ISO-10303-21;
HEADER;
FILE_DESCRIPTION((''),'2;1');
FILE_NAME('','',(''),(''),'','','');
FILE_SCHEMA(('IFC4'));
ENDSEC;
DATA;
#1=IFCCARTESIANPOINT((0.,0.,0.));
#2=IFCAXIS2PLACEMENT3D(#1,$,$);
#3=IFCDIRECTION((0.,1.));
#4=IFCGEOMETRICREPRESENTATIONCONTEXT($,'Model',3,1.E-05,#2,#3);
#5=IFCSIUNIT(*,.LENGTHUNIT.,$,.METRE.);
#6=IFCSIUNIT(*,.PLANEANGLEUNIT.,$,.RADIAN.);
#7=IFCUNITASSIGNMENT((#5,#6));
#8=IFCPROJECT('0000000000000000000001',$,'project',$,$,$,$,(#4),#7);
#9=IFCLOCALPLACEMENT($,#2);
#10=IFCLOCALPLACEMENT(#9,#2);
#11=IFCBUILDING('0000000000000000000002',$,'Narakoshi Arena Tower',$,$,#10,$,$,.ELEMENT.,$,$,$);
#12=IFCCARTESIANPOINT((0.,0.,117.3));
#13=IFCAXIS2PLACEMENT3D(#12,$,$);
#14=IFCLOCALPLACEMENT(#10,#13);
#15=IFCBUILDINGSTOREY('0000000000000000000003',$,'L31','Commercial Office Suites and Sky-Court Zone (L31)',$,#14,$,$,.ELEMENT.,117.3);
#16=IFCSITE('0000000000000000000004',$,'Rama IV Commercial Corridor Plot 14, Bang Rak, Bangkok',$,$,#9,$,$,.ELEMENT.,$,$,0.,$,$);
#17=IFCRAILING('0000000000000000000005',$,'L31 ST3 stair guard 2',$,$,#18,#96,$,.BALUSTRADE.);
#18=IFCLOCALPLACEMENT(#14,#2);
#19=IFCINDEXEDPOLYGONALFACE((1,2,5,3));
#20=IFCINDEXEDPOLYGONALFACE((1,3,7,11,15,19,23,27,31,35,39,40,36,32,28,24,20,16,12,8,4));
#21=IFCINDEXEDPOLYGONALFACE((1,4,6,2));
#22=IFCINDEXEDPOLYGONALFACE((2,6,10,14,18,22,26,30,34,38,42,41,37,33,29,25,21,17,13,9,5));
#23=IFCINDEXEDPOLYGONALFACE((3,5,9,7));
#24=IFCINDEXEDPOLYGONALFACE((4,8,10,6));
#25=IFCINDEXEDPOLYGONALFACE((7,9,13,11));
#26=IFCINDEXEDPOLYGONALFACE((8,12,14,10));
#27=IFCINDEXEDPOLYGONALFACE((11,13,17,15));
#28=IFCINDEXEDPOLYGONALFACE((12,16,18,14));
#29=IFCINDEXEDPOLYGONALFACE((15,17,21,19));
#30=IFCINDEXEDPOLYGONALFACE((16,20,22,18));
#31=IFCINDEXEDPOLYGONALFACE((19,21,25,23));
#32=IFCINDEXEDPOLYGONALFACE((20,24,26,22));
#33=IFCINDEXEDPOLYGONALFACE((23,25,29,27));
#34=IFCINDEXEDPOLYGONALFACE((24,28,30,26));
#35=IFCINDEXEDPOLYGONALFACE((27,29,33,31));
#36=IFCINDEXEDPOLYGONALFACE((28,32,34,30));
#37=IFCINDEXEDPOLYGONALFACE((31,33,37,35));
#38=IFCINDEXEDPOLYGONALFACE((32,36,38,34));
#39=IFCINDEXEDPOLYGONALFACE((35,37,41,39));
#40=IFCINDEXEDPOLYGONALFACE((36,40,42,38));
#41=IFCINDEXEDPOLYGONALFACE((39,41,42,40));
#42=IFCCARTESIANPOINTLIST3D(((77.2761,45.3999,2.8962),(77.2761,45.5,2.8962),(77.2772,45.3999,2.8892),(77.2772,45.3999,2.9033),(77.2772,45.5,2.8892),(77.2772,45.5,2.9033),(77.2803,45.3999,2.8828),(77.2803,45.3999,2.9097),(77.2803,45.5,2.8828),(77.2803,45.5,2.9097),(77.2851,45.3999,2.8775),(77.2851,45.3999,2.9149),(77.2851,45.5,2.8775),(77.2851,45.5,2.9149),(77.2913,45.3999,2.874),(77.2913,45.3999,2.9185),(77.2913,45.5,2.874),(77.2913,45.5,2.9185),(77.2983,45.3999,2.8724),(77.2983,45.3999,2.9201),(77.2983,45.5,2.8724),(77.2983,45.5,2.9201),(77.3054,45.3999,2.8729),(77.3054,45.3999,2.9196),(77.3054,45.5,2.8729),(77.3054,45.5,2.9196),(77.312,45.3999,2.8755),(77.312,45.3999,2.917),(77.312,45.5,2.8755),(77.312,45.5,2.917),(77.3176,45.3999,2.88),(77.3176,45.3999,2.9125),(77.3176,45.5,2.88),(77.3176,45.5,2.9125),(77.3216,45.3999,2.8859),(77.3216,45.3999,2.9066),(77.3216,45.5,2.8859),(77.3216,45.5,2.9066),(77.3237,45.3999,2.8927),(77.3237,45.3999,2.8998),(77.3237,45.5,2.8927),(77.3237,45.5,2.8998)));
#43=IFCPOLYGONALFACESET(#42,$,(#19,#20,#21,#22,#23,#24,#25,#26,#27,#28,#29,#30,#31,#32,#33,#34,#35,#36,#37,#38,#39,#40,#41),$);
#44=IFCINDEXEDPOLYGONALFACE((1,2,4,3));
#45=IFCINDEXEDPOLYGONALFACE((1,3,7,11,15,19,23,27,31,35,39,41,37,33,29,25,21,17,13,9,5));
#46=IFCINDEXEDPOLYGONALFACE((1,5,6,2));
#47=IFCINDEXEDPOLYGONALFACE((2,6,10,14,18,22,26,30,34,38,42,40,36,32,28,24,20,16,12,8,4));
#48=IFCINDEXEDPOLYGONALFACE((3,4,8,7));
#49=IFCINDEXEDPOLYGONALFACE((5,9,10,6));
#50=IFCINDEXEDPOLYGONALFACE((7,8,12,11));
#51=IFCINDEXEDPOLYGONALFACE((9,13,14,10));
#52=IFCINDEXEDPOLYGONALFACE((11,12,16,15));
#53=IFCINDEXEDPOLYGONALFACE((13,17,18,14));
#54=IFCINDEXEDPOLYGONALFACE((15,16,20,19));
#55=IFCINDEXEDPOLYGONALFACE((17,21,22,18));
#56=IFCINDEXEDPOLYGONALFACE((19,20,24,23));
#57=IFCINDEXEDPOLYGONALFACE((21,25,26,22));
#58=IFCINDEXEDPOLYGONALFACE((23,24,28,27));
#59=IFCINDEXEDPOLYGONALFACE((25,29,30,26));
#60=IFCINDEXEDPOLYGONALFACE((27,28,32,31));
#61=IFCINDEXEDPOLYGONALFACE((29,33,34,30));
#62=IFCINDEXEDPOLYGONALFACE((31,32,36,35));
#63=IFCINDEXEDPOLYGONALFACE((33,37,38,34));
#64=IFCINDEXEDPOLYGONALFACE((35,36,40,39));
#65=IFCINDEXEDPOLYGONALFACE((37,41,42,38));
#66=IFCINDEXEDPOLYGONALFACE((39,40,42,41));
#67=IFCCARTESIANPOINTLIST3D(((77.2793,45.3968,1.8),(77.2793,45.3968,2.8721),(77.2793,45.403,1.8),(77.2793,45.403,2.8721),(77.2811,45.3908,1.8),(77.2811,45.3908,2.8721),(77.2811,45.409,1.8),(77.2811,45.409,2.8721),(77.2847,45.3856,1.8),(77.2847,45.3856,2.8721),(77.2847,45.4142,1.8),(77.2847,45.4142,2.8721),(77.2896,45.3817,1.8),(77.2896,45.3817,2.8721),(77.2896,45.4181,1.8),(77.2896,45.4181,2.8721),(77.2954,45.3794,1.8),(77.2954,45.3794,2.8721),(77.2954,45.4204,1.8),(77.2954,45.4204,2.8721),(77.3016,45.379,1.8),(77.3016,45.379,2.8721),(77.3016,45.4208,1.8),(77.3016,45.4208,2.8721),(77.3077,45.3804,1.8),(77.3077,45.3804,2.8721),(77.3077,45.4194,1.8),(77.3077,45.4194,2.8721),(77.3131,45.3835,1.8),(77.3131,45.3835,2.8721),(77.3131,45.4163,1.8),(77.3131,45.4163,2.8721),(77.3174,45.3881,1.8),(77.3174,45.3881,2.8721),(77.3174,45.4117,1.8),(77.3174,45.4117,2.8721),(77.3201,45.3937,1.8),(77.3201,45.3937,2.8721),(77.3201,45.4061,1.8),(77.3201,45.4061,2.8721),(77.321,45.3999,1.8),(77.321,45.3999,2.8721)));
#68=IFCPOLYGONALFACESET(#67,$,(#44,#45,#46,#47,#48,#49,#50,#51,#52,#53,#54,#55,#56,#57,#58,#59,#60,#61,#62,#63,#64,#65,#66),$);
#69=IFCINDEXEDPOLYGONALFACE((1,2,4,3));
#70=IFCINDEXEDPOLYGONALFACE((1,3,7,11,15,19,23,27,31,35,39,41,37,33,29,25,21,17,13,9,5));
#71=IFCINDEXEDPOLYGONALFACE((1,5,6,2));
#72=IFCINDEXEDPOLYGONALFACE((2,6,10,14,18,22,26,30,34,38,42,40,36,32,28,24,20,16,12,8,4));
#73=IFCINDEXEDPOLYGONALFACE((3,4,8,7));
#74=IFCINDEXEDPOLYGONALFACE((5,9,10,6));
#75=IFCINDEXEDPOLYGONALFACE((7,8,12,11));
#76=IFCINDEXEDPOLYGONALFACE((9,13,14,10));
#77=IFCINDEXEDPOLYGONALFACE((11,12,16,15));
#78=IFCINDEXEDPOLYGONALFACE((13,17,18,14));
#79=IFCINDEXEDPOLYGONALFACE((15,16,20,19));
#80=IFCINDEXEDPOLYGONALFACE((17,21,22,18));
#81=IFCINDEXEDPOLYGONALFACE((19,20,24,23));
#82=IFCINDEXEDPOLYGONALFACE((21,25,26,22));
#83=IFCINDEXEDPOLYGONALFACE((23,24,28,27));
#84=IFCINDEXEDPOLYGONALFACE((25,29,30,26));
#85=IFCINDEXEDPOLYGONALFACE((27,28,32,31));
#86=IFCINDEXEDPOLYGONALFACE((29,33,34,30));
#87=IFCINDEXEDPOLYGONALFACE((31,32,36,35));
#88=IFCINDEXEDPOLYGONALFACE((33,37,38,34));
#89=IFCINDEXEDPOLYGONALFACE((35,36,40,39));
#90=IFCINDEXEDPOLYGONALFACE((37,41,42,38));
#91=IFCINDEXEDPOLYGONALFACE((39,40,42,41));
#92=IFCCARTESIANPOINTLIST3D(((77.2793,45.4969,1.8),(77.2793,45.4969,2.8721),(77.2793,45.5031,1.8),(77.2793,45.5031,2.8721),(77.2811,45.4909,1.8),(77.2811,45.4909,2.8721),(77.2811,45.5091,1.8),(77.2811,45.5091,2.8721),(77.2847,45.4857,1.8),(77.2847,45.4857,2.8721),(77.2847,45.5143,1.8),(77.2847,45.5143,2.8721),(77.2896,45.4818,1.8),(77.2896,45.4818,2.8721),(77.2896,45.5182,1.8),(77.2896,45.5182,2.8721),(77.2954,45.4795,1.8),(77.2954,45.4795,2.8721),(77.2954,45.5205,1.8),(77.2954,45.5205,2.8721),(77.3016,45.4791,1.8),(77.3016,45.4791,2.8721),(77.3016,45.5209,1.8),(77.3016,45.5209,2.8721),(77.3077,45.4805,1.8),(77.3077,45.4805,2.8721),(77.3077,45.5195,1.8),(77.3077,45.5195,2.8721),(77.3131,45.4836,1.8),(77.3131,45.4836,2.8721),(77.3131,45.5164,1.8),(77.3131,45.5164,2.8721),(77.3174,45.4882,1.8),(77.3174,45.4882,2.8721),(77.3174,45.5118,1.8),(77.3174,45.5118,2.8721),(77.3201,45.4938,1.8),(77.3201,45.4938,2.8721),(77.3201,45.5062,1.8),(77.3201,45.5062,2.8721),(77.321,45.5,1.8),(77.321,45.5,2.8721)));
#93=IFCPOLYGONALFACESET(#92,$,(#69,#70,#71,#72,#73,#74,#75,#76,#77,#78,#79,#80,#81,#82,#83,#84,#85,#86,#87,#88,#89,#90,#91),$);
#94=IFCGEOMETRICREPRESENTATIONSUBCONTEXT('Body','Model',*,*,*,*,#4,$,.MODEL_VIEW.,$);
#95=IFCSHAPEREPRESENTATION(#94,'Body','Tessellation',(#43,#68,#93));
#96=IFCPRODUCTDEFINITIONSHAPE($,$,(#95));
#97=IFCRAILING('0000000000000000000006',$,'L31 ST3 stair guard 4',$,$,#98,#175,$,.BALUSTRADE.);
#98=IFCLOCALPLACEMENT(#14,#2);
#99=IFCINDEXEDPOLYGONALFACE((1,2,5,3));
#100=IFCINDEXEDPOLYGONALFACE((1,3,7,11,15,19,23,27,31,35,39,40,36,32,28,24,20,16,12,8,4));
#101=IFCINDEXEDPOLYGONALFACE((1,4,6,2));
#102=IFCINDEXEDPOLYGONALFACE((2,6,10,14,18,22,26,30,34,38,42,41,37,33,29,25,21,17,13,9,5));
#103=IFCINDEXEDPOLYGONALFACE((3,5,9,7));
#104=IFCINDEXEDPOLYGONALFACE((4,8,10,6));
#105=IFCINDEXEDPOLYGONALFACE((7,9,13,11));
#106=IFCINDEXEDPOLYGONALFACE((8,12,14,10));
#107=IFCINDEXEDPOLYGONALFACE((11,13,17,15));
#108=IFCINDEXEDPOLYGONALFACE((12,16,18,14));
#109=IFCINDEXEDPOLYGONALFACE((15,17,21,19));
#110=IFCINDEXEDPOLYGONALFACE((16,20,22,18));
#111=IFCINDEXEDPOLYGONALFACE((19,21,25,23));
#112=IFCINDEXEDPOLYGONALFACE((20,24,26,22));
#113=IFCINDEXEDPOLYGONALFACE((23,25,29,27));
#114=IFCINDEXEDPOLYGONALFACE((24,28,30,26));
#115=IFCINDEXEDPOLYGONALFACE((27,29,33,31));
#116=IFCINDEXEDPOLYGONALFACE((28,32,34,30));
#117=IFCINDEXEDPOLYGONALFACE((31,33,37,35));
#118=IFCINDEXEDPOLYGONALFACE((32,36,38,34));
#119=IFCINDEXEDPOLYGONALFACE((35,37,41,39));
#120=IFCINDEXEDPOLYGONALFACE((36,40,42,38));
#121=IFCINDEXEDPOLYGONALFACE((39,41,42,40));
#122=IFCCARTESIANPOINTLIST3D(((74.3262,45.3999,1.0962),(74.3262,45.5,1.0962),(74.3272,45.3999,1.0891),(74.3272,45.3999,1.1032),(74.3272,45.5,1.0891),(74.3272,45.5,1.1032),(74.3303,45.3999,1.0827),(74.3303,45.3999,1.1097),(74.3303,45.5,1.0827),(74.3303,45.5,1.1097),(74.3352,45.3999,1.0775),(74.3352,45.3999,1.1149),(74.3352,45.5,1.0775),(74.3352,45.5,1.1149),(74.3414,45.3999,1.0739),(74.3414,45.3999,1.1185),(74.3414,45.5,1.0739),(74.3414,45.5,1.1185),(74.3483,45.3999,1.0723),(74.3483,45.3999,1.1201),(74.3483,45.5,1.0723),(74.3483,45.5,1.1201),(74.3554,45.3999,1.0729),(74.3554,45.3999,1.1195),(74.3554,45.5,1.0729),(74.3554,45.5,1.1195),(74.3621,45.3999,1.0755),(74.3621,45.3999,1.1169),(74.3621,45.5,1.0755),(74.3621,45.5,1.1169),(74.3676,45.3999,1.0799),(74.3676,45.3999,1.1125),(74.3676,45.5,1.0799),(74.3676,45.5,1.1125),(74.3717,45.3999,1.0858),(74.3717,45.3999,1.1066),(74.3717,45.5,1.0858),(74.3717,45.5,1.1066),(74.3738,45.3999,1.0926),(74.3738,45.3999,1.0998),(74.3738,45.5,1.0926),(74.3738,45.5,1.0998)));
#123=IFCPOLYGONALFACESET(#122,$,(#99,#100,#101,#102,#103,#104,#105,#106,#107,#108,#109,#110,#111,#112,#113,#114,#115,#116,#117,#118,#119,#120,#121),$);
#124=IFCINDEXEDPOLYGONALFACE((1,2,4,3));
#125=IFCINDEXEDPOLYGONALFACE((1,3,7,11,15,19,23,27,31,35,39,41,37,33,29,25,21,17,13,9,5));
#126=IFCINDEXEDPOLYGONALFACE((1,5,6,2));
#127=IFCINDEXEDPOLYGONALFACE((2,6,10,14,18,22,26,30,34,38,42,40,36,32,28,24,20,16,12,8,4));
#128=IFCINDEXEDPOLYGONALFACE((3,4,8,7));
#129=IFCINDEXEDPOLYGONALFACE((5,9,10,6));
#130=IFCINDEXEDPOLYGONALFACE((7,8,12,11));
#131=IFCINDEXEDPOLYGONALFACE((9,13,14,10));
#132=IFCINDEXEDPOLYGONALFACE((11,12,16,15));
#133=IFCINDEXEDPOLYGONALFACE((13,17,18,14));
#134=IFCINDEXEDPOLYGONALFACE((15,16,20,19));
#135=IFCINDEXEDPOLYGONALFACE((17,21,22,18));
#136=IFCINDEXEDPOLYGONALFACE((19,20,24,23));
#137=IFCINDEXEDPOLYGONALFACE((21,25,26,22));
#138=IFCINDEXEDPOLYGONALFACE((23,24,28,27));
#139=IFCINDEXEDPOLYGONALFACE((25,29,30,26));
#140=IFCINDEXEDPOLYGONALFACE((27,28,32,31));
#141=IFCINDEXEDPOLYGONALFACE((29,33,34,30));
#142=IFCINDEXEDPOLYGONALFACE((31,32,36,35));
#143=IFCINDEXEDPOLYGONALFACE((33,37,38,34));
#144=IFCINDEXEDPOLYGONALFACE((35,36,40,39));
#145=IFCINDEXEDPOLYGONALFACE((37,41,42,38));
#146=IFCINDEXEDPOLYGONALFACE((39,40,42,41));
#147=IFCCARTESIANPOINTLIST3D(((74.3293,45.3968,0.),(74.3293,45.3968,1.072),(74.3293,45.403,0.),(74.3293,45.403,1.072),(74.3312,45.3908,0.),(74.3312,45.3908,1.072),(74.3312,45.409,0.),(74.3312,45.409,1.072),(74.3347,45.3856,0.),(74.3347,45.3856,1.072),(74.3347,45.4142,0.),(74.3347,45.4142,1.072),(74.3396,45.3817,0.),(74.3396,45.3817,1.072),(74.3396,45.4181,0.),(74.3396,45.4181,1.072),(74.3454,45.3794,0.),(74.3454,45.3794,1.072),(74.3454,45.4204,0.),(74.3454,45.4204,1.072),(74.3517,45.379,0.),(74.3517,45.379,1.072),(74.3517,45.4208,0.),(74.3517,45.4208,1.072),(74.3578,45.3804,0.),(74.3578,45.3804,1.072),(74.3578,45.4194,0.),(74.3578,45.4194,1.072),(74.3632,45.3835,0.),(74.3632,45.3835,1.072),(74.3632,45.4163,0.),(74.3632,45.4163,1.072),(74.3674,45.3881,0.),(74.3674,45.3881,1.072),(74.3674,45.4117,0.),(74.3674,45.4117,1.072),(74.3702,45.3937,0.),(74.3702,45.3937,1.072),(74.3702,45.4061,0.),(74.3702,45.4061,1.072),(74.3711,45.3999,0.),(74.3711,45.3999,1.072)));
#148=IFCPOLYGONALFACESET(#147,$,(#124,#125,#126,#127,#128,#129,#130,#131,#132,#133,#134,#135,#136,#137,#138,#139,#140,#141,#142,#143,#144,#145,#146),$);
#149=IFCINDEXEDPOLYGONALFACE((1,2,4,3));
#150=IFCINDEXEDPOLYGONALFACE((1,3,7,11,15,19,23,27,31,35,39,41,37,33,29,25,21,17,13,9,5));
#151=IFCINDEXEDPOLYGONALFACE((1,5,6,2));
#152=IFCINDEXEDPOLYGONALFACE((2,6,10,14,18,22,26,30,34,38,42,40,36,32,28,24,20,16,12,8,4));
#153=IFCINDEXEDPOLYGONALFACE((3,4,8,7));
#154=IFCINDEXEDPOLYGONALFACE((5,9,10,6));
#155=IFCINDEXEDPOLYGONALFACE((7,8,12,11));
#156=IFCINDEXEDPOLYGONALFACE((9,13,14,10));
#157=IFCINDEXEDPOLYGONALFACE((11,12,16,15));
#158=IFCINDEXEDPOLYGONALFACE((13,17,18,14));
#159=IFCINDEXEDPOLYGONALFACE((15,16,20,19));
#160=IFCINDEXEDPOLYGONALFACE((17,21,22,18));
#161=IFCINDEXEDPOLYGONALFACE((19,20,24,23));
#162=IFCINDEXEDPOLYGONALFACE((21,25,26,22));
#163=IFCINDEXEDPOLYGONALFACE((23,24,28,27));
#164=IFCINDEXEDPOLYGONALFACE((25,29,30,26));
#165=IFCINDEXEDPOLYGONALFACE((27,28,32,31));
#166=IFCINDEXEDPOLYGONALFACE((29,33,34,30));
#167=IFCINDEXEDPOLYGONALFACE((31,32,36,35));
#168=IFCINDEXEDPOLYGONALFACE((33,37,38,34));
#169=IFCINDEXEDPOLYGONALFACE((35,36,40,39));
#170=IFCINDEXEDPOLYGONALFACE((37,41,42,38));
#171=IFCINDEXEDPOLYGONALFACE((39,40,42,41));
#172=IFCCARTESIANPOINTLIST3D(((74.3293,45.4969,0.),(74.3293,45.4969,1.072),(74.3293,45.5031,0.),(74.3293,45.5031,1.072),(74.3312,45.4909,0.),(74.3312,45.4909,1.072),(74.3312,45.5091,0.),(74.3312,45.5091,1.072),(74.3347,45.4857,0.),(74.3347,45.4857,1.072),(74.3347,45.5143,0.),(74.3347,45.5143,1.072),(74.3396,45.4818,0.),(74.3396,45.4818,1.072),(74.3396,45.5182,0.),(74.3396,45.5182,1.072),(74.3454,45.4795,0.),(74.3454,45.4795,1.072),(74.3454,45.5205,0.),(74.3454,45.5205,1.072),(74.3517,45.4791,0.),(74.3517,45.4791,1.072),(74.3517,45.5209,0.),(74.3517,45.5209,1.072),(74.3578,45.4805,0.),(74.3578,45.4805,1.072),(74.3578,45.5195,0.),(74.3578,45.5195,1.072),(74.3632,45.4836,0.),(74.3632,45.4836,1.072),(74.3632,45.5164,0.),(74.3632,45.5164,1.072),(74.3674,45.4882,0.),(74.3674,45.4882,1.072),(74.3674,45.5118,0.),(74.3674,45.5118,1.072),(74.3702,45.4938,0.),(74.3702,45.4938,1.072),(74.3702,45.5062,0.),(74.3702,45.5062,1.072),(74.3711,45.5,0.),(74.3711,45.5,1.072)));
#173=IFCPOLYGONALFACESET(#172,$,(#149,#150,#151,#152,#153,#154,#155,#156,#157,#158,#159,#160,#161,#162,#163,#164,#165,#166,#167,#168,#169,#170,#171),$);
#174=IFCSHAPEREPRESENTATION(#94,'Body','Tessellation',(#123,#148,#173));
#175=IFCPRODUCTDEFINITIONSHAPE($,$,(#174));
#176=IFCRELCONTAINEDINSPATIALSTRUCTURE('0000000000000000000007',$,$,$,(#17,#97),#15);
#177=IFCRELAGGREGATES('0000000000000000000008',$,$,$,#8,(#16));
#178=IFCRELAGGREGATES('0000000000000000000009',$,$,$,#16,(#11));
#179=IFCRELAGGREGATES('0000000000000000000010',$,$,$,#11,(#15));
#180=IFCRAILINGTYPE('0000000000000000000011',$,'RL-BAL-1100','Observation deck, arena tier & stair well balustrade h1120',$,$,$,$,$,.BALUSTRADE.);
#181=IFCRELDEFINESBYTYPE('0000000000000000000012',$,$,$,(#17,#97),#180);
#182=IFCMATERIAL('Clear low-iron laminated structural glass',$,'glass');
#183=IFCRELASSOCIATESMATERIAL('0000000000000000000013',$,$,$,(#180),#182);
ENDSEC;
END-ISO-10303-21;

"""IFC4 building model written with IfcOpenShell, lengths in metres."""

from ifc_helpers import new_model, si_unit, direction, frame, origin, origin_2d, place, context, subcontext, project, spatial, circle, extrude, material, type_object, element, save


model = new_model("IFC4")

# Units and contexts
model_context = context("Model", 3, precision=1e-05, world=origin(), true_north=direction((0.0, 1.0)))
body_context = subcontext(model_context, "Body", "Model", "MODEL_VIEW")
ifc_project = project(units=[si_unit("LENGTHUNIT", "METRE"), si_unit("PLANEANGLEUNIT", "RADIAN")], contexts=[model_context])

# Site, building, storey
site_placement = place(None, origin())
site = spatial("IfcSite", under=ifc_project, at=site_placement, Name="Rama IV Commercial Corridor Plot 14, Bang Rak, Bangkok", CompositionType="ELEMENT", RefElevation=0.0)
building_placement = place(site_placement, origin())
building = spatial("IfcBuilding", under=site, at=building_placement, Name="Narakoshi Arena Tower", CompositionType="ELEMENT")
storey_placement = place(building_placement, frame((0.0, 0.0, 117.3)))
storey = spatial("IfcBuildingStorey", under=building, at=storey_placement, Name="L31", Description="Commercial Office Suites and Sky-Court Zone (L31)", CompositionType="ELEMENT", Elevation=117.3)

# Railings
ifc_material_1 = material(Name="Clear low-iron laminated structural glass", Category="glass")
railing_type_1 = type_object("IfcRailingType", Name="RL-BAL-1100", Description="Observation deck, arena tier & stair well balustrade h1120", PredefinedType="BALUSTRADE", material=ifc_material_1)
for number, where, name in (
    (1, (77.3, 45.3999, 1.8), "L31 ST3 stair guard 2"),
    (2, (74.3501, 45.3999, 0.0), "L31 ST3 stair guard 4"),
):
    element("IfcRailing", number, at=place(storey_placement, frame(where)), inside=storey, type_object=railing_type_1, Name=name, PredefinedType="BALUSTRADE", context=body_context, shape_type="SweptSolid", body=[
        extrude(circle(Radius=0.0239, at=origin_2d()), frame((0.0, 0.0, 1.0962), z_axis=(0.0, 1.0, 0.0), x_axis=(-1.0, 0.0, 0.0)), (0.0, 0.0, 1.0), 0.1001),
        extrude(circle(Radius=0.021, at=origin_2d()), origin(), (0.0, 0.0, 1.0), 1.072),
        extrude(circle(Radius=0.021, at=origin_2d()), frame((0.0, 0.1001, 0.0)), (0.0, 0.0, 1.0), 1.072),
    ])

save(model, "model.ifc")
